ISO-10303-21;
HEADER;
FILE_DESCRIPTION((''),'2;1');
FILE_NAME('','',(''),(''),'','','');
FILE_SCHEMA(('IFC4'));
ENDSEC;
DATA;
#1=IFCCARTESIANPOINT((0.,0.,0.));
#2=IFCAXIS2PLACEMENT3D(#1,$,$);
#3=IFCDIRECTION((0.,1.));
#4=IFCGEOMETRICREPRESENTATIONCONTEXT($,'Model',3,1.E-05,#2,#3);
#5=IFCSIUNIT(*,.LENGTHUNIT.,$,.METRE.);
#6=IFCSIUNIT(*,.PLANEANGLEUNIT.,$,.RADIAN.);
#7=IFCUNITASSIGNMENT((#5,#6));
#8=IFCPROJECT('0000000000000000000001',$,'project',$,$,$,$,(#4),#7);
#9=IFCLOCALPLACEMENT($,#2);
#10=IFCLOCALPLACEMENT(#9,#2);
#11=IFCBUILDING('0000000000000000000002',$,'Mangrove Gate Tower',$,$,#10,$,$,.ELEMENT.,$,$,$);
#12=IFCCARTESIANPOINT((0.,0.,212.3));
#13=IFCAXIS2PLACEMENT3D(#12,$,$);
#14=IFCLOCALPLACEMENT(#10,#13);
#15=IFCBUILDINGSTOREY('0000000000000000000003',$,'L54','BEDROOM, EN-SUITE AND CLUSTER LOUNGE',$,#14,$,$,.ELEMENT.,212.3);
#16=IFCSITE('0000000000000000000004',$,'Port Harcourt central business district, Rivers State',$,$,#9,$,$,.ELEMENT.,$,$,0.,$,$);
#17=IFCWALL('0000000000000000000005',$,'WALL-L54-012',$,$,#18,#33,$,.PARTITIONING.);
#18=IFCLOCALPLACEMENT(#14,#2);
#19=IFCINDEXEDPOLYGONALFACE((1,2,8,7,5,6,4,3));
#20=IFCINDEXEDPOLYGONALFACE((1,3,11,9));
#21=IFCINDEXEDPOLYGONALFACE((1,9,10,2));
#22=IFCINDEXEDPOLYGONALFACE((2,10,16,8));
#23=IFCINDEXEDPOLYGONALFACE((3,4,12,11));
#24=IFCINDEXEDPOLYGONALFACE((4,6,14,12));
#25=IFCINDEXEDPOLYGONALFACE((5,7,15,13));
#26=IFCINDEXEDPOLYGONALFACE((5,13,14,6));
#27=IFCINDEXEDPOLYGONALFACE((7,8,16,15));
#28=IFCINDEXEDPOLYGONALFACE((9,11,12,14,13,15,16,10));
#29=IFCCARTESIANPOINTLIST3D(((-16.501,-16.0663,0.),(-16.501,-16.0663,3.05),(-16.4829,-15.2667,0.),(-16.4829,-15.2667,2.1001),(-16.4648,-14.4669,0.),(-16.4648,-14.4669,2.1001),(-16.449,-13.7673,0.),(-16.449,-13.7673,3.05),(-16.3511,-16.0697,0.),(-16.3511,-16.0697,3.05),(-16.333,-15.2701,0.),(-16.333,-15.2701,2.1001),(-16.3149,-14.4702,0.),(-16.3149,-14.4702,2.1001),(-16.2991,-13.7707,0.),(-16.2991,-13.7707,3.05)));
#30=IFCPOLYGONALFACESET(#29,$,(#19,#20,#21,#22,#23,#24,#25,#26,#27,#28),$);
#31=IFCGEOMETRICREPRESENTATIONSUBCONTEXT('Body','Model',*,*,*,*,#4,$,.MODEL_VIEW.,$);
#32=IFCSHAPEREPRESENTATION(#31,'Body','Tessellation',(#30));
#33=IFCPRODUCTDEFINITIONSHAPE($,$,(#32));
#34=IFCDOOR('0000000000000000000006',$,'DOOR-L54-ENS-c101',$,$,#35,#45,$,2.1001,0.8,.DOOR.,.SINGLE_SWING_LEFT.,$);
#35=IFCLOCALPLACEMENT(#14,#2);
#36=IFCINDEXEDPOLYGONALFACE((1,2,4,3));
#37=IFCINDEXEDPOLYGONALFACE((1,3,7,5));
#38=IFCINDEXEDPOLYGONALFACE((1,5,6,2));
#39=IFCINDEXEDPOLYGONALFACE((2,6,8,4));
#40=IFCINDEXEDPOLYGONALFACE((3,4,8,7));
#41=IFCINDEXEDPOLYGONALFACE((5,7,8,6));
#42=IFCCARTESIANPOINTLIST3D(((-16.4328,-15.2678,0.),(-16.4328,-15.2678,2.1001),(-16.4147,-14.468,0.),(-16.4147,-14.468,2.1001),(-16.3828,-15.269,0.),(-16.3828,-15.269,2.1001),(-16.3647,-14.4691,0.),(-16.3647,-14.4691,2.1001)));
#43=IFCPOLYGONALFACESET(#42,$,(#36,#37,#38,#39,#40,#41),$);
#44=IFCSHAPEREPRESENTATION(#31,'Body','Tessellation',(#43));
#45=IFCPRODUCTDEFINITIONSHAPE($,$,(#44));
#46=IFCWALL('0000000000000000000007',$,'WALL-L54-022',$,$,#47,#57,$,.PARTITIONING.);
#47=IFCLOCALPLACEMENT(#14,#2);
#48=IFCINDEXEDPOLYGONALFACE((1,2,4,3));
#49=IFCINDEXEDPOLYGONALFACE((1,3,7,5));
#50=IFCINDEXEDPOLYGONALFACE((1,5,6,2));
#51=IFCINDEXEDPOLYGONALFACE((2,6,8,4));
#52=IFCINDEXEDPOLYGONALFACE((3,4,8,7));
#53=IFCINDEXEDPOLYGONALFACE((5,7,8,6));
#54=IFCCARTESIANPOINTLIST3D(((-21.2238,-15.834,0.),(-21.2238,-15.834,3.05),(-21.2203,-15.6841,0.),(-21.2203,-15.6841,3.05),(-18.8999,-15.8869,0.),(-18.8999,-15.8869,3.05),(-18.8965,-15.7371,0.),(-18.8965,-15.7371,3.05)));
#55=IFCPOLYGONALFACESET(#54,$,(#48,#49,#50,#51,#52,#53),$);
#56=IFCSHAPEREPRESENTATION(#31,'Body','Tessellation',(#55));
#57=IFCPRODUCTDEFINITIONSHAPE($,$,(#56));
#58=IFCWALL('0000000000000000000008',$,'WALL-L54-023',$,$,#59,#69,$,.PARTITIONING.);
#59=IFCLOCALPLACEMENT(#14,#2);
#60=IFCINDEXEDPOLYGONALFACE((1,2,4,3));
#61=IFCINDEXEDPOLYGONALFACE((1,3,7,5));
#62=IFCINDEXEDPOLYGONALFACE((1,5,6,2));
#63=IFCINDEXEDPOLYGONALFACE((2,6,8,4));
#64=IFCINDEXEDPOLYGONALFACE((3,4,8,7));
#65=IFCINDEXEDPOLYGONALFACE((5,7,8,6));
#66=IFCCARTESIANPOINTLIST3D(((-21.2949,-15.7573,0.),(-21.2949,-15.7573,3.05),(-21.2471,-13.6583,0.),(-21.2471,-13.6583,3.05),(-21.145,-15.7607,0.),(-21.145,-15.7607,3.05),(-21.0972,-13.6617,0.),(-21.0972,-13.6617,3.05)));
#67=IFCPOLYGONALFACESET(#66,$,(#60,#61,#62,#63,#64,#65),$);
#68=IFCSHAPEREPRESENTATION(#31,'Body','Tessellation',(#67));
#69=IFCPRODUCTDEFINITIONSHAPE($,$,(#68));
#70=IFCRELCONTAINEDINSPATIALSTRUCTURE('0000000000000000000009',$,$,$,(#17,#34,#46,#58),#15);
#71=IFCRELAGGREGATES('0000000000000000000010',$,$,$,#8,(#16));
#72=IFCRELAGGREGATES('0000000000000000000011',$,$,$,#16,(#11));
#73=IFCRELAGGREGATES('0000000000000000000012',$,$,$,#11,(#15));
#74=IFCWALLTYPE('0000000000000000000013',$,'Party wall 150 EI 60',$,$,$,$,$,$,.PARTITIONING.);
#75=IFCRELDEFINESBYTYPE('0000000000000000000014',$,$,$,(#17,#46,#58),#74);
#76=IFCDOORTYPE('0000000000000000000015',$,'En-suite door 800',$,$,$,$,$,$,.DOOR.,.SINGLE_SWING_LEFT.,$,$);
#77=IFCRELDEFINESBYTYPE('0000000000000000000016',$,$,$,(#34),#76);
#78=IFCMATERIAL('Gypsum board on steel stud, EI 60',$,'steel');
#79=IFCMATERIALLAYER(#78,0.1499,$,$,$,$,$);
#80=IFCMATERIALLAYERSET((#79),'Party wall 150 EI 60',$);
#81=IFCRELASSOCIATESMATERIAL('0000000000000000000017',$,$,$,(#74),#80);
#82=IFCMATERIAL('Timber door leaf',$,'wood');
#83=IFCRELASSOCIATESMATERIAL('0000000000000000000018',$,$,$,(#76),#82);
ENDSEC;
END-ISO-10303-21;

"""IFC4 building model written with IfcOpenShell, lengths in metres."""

from ifc_helpers import new_model, si_unit, direction, frame, frame_2d, origin, place, context, subcontext, project, spatial, rectangle, extrude, material, layer, layer_set, type_object, element, fill, save


model = new_model("IFC4")

# Units and contexts
model_context = context("Model", 3, precision=1e-05, world=origin(), true_north=direction((0.0, 1.0)))
body_context = subcontext(model_context, "Body", "Model", "MODEL_VIEW")
ifc_project = project(units=[si_unit("LENGTHUNIT", "METRE"), si_unit("PLANEANGLEUNIT", "RADIAN")], contexts=[model_context])

# Site, building, storey
site_placement = place(None, origin())
site = spatial("IfcSite", under=ifc_project, at=site_placement, Name="Port Harcourt central business district, Rivers State", CompositionType="ELEMENT", RefElevation=0.0)
building_placement = place(site_placement, origin())
building = spatial("IfcBuilding", under=site, at=building_placement, Name="Mangrove Gate Tower", CompositionType="ELEMENT")
storey_placement = place(building_placement, frame((0.0, 0.0, 212.3)))
storey = spatial("IfcBuildingStorey", under=building, at=storey_placement, Name="L54", Description="BEDROOM, EN-SUITE AND CLUSTER LOUNGE", CompositionType="ELEMENT", Elevation=212.3)

# Shared definitions
ifc_material_1 = material(Name="Gypsum board on steel stud, EI 60", Category="steel")
ifc_layer_1 = layer(ifc_material_1, 0.1499)
ifc_layer_set_1 = layer_set([ifc_layer_1], Name="Party wall 150 EI 60")
wall_type_1 = type_object("IfcWallType", Name="Party wall 150 EI 60", PredefinedType="PARTITIONING", material=ifc_layer_set_1)

# Wall, opening, door
wall_1_placement = place(storey_placement, frame((-16.426, -16.0681, 0.0), z_axis=(0.0, 0.0, 1.0), x_axis=(0.022613, 0.999744, 0.0)))
wall_1 = element("IfcWall", 1, at=wall_1_placement, inside=storey, type_object=wall_type_1, Name="WALL-L54-012", PredefinedType="PARTITIONING", context=body_context, shape_type="SweptSolid", body=[
    extrude(rectangle(XDim=2.2996, YDim=0.1499, at=frame_2d((1.1499, 0.0))), origin(), (0.0, 0.0, 1.0), 3.05),
])
opening_1_placement = place(wall_1_placement, frame((0.8, 0.0, 0.0)))
opening_1 = element("IfcOpeningElement", 2, at=opening_1_placement, cuts=wall_1, PredefinedType="OPENING", context=body_context, shape_type="SweptSolid", body=[
    extrude(rectangle(XDim=0.8, YDim=2.1001, at=frame_2d((0.3999, 1.05))), frame((0.0, 0.085, 0.0), z_axis=(0.0, -1.0, 0.0), x_axis=(1.0, 0.0, 0.0)), (0.0, 0.0, 1.0), 0.1699),
])
ifc_material_2 = material(Name="Timber door leaf", Category="wood")
door_type_1 = type_object("IfcDoorType", Name="En-suite door 800", OperationType="SINGLE_SWING_LEFT", PredefinedType="DOOR", material=ifc_material_2)
door_1_placement = place(opening_1_placement, origin())
door_1 = element("IfcDoor", 3, at=door_1_placement, inside=storey, type_object=door_type_1, Name="DOOR-L54-ENS-c101", OperationType="SINGLE_SWING_LEFT", OverallHeight=2.1001, OverallWidth=0.8, PredefinedType="DOOR", context=body_context, shape_type="SweptSolid", body=[
    extrude(rectangle(XDim=0.8, YDim=2.1001, at=frame_2d((0.3999, 1.05))), frame((0.0, 0.0249, 0.0), z_axis=(0.0, -1.0, 0.0), x_axis=(1.0, 0.0, 0.0)), (0.0, 0.0, 1.0), 0.05),
])
fill(opening_1, door_1)

# Walls
wall_2_placement = place(storey_placement, frame((-21.2219, -15.759, 0.0), z_axis=(0.0, 0.0, 1.0), x_axis=(0.99974, -0.022791, 0.0)))
element("IfcWall", 4, at=wall_2_placement, inside=storey, type_object=wall_type_1, Name="WALL-L54-022", PredefinedType="PARTITIONING", context=body_context, shape_type="SweptSolid", body=[
    extrude(rectangle(XDim=2.3245, YDim=0.1499, at=frame_2d((1.1621, 0.0))), origin(), (0.0, 0.0, 1.0), 3.05),
])
wall_3_placement = place(storey_placement, frame((-21.22, -15.759, 0.0), z_axis=(0.0, 0.0, 1.0), x_axis=(0.02279, 0.99974, 0.0)))
element("IfcWall", 5, at=wall_3_placement, inside=storey, type_object=wall_type_1, Name="WALL-L54-023", PredefinedType="PARTITIONING", context=body_context, shape_type="SweptSolid", body=[
    extrude(rectangle(XDim=2.0996, YDim=0.1499, at=frame_2d((1.0498, 0.0))), origin(), (0.0, 0.0, 1.0), 3.05),
])

save(model, "model.ifc")
